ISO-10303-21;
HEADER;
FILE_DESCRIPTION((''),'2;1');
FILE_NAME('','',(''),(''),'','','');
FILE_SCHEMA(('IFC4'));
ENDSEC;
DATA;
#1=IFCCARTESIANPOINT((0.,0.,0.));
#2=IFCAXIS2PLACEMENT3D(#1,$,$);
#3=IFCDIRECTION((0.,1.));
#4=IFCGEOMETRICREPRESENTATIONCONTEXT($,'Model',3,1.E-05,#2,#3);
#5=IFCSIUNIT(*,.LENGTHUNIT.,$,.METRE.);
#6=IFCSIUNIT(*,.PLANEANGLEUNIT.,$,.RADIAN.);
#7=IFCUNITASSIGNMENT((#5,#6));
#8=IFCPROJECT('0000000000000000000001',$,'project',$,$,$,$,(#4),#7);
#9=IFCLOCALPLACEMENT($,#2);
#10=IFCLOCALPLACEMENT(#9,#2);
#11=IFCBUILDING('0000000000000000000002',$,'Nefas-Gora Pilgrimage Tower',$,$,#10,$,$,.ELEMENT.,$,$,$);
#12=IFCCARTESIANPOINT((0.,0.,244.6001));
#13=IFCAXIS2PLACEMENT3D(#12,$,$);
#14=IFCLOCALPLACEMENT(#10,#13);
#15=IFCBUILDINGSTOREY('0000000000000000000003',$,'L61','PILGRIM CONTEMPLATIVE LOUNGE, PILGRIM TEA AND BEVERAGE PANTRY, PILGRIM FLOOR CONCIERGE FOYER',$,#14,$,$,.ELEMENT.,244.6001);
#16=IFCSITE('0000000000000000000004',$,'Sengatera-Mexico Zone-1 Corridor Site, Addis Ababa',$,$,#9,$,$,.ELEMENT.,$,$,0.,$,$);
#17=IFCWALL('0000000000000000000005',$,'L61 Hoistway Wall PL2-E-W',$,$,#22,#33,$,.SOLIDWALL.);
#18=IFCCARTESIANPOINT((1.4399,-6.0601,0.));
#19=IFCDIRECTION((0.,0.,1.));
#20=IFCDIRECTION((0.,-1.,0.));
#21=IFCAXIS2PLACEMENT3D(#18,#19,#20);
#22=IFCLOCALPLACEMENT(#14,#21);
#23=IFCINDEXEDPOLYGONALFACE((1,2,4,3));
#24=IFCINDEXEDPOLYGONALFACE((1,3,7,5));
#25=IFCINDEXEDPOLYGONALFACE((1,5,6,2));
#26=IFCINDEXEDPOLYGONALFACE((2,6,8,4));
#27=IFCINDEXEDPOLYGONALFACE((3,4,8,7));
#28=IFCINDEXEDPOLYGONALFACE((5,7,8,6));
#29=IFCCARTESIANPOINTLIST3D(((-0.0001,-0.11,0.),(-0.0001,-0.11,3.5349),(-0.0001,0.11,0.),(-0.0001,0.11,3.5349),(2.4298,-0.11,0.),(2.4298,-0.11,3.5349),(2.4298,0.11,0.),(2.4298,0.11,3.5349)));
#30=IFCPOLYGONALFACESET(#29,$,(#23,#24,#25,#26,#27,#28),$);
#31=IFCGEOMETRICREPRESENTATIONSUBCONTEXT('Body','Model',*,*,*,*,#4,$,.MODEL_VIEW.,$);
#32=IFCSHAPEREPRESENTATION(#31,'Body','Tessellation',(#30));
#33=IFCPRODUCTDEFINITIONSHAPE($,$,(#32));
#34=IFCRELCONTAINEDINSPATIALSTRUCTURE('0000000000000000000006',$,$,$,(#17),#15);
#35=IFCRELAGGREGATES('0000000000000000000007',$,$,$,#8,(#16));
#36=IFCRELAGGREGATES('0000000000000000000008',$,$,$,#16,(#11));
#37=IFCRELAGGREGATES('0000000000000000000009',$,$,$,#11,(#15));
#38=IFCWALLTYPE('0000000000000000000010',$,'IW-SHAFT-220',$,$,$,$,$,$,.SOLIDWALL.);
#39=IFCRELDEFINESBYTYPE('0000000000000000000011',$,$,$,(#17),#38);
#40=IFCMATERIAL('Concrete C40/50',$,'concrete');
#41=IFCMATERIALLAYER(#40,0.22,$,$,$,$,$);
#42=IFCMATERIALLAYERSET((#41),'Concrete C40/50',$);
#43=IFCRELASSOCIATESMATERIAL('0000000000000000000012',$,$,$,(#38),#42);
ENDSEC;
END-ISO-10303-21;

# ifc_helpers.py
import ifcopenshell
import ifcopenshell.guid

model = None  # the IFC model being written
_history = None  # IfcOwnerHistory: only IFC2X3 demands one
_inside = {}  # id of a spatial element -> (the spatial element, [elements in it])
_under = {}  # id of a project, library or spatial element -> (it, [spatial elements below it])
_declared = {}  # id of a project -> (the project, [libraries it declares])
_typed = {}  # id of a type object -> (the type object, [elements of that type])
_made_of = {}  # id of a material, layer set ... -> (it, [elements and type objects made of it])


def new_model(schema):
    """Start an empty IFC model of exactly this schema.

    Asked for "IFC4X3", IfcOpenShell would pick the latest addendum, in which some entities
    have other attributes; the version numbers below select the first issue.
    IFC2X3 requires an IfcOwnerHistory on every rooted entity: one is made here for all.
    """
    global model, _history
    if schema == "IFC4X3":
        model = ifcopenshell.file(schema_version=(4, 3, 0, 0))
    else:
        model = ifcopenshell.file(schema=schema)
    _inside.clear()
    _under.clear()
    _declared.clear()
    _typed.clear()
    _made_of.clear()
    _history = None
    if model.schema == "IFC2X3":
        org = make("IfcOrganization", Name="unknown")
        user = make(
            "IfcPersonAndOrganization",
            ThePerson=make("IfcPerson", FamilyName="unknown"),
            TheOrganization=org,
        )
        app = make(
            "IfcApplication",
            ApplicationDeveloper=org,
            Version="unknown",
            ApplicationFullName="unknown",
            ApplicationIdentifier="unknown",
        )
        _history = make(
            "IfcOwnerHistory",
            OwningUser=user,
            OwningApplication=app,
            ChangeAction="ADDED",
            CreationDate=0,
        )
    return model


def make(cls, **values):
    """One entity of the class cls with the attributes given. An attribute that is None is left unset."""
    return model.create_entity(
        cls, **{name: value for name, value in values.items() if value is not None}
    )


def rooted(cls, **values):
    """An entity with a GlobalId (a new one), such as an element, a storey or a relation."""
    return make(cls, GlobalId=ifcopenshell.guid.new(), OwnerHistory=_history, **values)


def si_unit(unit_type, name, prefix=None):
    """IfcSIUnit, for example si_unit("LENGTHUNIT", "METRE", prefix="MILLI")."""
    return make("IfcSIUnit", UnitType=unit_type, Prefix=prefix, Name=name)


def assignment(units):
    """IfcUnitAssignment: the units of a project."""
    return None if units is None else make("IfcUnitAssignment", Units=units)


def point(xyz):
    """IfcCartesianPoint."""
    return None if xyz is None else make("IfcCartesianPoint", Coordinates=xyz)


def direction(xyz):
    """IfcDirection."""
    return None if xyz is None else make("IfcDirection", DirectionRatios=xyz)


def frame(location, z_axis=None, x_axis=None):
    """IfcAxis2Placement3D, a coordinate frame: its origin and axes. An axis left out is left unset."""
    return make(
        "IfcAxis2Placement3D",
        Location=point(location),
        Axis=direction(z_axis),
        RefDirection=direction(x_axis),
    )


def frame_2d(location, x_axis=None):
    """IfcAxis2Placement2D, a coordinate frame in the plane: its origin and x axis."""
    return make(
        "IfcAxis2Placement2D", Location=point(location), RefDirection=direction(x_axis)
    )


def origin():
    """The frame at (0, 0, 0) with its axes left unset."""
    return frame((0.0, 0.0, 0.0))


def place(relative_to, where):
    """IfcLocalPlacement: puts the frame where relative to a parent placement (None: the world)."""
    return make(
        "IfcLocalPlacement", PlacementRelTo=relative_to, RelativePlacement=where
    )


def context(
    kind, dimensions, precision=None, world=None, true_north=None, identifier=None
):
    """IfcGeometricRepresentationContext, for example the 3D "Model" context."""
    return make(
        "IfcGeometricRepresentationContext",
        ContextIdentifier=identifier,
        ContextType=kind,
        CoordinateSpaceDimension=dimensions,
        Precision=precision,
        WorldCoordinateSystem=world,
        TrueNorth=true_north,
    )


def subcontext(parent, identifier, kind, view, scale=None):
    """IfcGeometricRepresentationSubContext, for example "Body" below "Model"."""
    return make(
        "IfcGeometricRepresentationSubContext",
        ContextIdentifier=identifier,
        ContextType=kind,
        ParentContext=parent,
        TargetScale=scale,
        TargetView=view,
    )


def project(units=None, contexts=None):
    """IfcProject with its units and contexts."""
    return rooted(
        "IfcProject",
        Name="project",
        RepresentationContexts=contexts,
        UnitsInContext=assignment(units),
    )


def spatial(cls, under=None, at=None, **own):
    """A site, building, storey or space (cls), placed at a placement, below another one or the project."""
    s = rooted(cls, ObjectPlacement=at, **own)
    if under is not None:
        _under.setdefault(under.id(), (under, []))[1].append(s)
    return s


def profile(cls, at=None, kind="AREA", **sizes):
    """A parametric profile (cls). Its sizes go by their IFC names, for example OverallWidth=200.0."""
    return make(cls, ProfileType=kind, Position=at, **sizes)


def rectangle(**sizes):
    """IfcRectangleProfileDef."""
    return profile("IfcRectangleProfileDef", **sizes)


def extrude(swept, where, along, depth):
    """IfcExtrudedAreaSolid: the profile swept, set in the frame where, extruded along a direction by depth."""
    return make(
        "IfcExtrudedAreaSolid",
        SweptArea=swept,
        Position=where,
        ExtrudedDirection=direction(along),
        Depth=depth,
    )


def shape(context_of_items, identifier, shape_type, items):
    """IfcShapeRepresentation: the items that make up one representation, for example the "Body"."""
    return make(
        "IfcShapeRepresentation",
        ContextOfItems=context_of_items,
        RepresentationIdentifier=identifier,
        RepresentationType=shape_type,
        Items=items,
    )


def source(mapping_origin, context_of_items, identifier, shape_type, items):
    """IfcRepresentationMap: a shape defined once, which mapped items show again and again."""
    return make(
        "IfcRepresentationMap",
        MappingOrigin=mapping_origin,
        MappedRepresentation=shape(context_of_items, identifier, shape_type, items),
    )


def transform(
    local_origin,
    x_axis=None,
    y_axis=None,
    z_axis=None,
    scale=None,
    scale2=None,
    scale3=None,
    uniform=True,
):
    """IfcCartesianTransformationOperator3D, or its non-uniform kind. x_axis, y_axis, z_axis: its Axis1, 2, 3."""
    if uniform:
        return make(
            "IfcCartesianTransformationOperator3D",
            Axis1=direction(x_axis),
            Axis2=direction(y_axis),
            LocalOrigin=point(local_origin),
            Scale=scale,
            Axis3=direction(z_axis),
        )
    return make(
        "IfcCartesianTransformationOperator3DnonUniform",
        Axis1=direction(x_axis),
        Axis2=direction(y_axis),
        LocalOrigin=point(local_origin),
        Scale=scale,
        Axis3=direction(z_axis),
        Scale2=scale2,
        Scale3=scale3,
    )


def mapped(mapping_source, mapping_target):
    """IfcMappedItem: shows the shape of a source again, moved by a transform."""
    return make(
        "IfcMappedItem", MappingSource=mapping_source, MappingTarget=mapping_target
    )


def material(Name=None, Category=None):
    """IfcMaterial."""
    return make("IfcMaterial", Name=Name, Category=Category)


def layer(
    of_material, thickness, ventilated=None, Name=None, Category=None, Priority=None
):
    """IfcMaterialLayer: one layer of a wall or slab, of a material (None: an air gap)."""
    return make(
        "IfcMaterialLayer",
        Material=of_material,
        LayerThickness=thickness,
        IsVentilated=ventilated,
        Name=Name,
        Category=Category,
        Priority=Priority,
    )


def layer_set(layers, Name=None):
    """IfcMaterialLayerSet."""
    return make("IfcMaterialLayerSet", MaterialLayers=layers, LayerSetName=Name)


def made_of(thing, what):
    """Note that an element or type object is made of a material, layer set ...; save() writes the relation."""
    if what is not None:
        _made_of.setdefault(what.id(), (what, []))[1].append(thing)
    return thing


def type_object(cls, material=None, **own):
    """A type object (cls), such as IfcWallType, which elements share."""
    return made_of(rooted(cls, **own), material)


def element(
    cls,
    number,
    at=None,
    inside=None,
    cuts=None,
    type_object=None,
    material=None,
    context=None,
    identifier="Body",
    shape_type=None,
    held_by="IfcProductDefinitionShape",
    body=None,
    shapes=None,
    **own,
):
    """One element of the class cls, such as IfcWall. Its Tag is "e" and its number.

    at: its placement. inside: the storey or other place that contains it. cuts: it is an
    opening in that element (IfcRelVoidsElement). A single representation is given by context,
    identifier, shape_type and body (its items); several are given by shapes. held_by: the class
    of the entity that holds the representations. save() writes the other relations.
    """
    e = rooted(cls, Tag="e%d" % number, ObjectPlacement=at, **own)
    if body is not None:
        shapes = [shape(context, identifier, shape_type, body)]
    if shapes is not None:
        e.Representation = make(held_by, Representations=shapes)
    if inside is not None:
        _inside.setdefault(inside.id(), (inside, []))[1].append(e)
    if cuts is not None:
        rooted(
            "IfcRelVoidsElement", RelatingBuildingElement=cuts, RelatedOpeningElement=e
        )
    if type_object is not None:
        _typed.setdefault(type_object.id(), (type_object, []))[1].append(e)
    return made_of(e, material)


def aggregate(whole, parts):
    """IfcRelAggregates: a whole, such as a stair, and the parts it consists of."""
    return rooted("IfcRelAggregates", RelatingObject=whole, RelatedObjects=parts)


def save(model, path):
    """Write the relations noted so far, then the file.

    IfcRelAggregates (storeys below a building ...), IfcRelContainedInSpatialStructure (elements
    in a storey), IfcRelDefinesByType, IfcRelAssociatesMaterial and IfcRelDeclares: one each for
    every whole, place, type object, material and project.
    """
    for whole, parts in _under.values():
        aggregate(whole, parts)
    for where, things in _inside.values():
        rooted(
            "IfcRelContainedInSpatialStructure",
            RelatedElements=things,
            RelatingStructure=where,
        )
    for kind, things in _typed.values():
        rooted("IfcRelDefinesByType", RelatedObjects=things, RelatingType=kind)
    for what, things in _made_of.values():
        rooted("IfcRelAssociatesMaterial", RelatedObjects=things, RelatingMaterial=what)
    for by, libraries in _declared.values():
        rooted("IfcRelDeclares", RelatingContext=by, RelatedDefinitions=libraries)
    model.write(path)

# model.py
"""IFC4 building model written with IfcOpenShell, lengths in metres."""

from ifc_helpers import new_model, si_unit, direction, frame, frame_2d, origin, place, context, subcontext, project, spatial, rectangle, extrude, source, transform, mapped, material, layer, layer_set, type_object, element, save


model = new_model("IFC4")

# Units and contexts
model_context = context("Model", 3, precision=1e-05, world=origin(), true_north=direction((0.0, 1.0)))
body_context = subcontext(model_context, "Body", "Model", "MODEL_VIEW")
ifc_project = project(units=[si_unit("LENGTHUNIT", "METRE"), si_unit("PLANEANGLEUNIT", "RADIAN")], contexts=[model_context])

# Site, building, storey
site_placement = place(None, origin())
site = spatial("IfcSite", under=ifc_project, at=site_placement, Name="Sengatera-Mexico Zone-1 Corridor Site, Addis Ababa", CompositionType="ELEMENT", RefElevation=0.0)
building_placement = place(site_placement, origin())
building = spatial("IfcBuilding", under=site, at=building_placement, Name="Nefas-Gora Pilgrimage Tower", CompositionType="ELEMENT")
storey_placement = place(building_placement, frame((0.0, 0.0, 244.6001)))
storey = spatial("IfcBuildingStorey", under=building, at=storey_placement, Name="L61", Description="PILGRIM CONTEMPLATIVE LOUNGE, PILGRIM TEA AND BEVERAGE PANTRY, PILGRIM FLOOR CONCIERGE FOYER", CompositionType="ELEMENT", Elevation=244.6001)

# Shared definitions
ifc_material_1 = material(Name="Concrete C40/50", Category="concrete")

# Shared definitions
ifc_layer_1 = layer(ifc_material_1, 0.22)
ifc_layer_set_1 = layer_set([ifc_layer_1], Name="Concrete C40/50")
wall_type_1 = type_object("IfcWallType", Name="IW-SHAFT-220", PredefinedType="SOLIDWALL", material=ifc_layer_set_1)

# Wall
shared_shape_1 = source(origin(), body_context, "Body", "SweptSolid", [
    extrude(rectangle(XDim=2.4299, YDim=0.22, at=frame_2d((1.2148, 0.0))), origin(), (0.0, 0.0, 1.0), 3.5349),
])
for number, where, z_axis, x_axis, name in (
    (1, (1.4399, -6.0601, 0.0), (0.0, 0.0, 1.0), (0.0, -1.0, 0.0), "L61 Hoistway Wall PL2-E-W"),
):
    element("IfcWall", number, at=place(storey_placement, frame(where, z_axis=z_axis, x_axis=x_axis)), inside=storey, type_object=wall_type_1, Name=name, PredefinedType="SOLIDWALL", context=body_context, shape_type="MappedRepresentation", body=[
        mapped(shared_shape_1, transform((0.0, 0.0, 0.0), x_axis=(1.0, 0.0, 0.0), y_axis=(0.0, 1.0, 0.0), z_axis=(0.0, 0.0, 1.0), scale=1.0)),
    ])

save(model, "model.ifc")
